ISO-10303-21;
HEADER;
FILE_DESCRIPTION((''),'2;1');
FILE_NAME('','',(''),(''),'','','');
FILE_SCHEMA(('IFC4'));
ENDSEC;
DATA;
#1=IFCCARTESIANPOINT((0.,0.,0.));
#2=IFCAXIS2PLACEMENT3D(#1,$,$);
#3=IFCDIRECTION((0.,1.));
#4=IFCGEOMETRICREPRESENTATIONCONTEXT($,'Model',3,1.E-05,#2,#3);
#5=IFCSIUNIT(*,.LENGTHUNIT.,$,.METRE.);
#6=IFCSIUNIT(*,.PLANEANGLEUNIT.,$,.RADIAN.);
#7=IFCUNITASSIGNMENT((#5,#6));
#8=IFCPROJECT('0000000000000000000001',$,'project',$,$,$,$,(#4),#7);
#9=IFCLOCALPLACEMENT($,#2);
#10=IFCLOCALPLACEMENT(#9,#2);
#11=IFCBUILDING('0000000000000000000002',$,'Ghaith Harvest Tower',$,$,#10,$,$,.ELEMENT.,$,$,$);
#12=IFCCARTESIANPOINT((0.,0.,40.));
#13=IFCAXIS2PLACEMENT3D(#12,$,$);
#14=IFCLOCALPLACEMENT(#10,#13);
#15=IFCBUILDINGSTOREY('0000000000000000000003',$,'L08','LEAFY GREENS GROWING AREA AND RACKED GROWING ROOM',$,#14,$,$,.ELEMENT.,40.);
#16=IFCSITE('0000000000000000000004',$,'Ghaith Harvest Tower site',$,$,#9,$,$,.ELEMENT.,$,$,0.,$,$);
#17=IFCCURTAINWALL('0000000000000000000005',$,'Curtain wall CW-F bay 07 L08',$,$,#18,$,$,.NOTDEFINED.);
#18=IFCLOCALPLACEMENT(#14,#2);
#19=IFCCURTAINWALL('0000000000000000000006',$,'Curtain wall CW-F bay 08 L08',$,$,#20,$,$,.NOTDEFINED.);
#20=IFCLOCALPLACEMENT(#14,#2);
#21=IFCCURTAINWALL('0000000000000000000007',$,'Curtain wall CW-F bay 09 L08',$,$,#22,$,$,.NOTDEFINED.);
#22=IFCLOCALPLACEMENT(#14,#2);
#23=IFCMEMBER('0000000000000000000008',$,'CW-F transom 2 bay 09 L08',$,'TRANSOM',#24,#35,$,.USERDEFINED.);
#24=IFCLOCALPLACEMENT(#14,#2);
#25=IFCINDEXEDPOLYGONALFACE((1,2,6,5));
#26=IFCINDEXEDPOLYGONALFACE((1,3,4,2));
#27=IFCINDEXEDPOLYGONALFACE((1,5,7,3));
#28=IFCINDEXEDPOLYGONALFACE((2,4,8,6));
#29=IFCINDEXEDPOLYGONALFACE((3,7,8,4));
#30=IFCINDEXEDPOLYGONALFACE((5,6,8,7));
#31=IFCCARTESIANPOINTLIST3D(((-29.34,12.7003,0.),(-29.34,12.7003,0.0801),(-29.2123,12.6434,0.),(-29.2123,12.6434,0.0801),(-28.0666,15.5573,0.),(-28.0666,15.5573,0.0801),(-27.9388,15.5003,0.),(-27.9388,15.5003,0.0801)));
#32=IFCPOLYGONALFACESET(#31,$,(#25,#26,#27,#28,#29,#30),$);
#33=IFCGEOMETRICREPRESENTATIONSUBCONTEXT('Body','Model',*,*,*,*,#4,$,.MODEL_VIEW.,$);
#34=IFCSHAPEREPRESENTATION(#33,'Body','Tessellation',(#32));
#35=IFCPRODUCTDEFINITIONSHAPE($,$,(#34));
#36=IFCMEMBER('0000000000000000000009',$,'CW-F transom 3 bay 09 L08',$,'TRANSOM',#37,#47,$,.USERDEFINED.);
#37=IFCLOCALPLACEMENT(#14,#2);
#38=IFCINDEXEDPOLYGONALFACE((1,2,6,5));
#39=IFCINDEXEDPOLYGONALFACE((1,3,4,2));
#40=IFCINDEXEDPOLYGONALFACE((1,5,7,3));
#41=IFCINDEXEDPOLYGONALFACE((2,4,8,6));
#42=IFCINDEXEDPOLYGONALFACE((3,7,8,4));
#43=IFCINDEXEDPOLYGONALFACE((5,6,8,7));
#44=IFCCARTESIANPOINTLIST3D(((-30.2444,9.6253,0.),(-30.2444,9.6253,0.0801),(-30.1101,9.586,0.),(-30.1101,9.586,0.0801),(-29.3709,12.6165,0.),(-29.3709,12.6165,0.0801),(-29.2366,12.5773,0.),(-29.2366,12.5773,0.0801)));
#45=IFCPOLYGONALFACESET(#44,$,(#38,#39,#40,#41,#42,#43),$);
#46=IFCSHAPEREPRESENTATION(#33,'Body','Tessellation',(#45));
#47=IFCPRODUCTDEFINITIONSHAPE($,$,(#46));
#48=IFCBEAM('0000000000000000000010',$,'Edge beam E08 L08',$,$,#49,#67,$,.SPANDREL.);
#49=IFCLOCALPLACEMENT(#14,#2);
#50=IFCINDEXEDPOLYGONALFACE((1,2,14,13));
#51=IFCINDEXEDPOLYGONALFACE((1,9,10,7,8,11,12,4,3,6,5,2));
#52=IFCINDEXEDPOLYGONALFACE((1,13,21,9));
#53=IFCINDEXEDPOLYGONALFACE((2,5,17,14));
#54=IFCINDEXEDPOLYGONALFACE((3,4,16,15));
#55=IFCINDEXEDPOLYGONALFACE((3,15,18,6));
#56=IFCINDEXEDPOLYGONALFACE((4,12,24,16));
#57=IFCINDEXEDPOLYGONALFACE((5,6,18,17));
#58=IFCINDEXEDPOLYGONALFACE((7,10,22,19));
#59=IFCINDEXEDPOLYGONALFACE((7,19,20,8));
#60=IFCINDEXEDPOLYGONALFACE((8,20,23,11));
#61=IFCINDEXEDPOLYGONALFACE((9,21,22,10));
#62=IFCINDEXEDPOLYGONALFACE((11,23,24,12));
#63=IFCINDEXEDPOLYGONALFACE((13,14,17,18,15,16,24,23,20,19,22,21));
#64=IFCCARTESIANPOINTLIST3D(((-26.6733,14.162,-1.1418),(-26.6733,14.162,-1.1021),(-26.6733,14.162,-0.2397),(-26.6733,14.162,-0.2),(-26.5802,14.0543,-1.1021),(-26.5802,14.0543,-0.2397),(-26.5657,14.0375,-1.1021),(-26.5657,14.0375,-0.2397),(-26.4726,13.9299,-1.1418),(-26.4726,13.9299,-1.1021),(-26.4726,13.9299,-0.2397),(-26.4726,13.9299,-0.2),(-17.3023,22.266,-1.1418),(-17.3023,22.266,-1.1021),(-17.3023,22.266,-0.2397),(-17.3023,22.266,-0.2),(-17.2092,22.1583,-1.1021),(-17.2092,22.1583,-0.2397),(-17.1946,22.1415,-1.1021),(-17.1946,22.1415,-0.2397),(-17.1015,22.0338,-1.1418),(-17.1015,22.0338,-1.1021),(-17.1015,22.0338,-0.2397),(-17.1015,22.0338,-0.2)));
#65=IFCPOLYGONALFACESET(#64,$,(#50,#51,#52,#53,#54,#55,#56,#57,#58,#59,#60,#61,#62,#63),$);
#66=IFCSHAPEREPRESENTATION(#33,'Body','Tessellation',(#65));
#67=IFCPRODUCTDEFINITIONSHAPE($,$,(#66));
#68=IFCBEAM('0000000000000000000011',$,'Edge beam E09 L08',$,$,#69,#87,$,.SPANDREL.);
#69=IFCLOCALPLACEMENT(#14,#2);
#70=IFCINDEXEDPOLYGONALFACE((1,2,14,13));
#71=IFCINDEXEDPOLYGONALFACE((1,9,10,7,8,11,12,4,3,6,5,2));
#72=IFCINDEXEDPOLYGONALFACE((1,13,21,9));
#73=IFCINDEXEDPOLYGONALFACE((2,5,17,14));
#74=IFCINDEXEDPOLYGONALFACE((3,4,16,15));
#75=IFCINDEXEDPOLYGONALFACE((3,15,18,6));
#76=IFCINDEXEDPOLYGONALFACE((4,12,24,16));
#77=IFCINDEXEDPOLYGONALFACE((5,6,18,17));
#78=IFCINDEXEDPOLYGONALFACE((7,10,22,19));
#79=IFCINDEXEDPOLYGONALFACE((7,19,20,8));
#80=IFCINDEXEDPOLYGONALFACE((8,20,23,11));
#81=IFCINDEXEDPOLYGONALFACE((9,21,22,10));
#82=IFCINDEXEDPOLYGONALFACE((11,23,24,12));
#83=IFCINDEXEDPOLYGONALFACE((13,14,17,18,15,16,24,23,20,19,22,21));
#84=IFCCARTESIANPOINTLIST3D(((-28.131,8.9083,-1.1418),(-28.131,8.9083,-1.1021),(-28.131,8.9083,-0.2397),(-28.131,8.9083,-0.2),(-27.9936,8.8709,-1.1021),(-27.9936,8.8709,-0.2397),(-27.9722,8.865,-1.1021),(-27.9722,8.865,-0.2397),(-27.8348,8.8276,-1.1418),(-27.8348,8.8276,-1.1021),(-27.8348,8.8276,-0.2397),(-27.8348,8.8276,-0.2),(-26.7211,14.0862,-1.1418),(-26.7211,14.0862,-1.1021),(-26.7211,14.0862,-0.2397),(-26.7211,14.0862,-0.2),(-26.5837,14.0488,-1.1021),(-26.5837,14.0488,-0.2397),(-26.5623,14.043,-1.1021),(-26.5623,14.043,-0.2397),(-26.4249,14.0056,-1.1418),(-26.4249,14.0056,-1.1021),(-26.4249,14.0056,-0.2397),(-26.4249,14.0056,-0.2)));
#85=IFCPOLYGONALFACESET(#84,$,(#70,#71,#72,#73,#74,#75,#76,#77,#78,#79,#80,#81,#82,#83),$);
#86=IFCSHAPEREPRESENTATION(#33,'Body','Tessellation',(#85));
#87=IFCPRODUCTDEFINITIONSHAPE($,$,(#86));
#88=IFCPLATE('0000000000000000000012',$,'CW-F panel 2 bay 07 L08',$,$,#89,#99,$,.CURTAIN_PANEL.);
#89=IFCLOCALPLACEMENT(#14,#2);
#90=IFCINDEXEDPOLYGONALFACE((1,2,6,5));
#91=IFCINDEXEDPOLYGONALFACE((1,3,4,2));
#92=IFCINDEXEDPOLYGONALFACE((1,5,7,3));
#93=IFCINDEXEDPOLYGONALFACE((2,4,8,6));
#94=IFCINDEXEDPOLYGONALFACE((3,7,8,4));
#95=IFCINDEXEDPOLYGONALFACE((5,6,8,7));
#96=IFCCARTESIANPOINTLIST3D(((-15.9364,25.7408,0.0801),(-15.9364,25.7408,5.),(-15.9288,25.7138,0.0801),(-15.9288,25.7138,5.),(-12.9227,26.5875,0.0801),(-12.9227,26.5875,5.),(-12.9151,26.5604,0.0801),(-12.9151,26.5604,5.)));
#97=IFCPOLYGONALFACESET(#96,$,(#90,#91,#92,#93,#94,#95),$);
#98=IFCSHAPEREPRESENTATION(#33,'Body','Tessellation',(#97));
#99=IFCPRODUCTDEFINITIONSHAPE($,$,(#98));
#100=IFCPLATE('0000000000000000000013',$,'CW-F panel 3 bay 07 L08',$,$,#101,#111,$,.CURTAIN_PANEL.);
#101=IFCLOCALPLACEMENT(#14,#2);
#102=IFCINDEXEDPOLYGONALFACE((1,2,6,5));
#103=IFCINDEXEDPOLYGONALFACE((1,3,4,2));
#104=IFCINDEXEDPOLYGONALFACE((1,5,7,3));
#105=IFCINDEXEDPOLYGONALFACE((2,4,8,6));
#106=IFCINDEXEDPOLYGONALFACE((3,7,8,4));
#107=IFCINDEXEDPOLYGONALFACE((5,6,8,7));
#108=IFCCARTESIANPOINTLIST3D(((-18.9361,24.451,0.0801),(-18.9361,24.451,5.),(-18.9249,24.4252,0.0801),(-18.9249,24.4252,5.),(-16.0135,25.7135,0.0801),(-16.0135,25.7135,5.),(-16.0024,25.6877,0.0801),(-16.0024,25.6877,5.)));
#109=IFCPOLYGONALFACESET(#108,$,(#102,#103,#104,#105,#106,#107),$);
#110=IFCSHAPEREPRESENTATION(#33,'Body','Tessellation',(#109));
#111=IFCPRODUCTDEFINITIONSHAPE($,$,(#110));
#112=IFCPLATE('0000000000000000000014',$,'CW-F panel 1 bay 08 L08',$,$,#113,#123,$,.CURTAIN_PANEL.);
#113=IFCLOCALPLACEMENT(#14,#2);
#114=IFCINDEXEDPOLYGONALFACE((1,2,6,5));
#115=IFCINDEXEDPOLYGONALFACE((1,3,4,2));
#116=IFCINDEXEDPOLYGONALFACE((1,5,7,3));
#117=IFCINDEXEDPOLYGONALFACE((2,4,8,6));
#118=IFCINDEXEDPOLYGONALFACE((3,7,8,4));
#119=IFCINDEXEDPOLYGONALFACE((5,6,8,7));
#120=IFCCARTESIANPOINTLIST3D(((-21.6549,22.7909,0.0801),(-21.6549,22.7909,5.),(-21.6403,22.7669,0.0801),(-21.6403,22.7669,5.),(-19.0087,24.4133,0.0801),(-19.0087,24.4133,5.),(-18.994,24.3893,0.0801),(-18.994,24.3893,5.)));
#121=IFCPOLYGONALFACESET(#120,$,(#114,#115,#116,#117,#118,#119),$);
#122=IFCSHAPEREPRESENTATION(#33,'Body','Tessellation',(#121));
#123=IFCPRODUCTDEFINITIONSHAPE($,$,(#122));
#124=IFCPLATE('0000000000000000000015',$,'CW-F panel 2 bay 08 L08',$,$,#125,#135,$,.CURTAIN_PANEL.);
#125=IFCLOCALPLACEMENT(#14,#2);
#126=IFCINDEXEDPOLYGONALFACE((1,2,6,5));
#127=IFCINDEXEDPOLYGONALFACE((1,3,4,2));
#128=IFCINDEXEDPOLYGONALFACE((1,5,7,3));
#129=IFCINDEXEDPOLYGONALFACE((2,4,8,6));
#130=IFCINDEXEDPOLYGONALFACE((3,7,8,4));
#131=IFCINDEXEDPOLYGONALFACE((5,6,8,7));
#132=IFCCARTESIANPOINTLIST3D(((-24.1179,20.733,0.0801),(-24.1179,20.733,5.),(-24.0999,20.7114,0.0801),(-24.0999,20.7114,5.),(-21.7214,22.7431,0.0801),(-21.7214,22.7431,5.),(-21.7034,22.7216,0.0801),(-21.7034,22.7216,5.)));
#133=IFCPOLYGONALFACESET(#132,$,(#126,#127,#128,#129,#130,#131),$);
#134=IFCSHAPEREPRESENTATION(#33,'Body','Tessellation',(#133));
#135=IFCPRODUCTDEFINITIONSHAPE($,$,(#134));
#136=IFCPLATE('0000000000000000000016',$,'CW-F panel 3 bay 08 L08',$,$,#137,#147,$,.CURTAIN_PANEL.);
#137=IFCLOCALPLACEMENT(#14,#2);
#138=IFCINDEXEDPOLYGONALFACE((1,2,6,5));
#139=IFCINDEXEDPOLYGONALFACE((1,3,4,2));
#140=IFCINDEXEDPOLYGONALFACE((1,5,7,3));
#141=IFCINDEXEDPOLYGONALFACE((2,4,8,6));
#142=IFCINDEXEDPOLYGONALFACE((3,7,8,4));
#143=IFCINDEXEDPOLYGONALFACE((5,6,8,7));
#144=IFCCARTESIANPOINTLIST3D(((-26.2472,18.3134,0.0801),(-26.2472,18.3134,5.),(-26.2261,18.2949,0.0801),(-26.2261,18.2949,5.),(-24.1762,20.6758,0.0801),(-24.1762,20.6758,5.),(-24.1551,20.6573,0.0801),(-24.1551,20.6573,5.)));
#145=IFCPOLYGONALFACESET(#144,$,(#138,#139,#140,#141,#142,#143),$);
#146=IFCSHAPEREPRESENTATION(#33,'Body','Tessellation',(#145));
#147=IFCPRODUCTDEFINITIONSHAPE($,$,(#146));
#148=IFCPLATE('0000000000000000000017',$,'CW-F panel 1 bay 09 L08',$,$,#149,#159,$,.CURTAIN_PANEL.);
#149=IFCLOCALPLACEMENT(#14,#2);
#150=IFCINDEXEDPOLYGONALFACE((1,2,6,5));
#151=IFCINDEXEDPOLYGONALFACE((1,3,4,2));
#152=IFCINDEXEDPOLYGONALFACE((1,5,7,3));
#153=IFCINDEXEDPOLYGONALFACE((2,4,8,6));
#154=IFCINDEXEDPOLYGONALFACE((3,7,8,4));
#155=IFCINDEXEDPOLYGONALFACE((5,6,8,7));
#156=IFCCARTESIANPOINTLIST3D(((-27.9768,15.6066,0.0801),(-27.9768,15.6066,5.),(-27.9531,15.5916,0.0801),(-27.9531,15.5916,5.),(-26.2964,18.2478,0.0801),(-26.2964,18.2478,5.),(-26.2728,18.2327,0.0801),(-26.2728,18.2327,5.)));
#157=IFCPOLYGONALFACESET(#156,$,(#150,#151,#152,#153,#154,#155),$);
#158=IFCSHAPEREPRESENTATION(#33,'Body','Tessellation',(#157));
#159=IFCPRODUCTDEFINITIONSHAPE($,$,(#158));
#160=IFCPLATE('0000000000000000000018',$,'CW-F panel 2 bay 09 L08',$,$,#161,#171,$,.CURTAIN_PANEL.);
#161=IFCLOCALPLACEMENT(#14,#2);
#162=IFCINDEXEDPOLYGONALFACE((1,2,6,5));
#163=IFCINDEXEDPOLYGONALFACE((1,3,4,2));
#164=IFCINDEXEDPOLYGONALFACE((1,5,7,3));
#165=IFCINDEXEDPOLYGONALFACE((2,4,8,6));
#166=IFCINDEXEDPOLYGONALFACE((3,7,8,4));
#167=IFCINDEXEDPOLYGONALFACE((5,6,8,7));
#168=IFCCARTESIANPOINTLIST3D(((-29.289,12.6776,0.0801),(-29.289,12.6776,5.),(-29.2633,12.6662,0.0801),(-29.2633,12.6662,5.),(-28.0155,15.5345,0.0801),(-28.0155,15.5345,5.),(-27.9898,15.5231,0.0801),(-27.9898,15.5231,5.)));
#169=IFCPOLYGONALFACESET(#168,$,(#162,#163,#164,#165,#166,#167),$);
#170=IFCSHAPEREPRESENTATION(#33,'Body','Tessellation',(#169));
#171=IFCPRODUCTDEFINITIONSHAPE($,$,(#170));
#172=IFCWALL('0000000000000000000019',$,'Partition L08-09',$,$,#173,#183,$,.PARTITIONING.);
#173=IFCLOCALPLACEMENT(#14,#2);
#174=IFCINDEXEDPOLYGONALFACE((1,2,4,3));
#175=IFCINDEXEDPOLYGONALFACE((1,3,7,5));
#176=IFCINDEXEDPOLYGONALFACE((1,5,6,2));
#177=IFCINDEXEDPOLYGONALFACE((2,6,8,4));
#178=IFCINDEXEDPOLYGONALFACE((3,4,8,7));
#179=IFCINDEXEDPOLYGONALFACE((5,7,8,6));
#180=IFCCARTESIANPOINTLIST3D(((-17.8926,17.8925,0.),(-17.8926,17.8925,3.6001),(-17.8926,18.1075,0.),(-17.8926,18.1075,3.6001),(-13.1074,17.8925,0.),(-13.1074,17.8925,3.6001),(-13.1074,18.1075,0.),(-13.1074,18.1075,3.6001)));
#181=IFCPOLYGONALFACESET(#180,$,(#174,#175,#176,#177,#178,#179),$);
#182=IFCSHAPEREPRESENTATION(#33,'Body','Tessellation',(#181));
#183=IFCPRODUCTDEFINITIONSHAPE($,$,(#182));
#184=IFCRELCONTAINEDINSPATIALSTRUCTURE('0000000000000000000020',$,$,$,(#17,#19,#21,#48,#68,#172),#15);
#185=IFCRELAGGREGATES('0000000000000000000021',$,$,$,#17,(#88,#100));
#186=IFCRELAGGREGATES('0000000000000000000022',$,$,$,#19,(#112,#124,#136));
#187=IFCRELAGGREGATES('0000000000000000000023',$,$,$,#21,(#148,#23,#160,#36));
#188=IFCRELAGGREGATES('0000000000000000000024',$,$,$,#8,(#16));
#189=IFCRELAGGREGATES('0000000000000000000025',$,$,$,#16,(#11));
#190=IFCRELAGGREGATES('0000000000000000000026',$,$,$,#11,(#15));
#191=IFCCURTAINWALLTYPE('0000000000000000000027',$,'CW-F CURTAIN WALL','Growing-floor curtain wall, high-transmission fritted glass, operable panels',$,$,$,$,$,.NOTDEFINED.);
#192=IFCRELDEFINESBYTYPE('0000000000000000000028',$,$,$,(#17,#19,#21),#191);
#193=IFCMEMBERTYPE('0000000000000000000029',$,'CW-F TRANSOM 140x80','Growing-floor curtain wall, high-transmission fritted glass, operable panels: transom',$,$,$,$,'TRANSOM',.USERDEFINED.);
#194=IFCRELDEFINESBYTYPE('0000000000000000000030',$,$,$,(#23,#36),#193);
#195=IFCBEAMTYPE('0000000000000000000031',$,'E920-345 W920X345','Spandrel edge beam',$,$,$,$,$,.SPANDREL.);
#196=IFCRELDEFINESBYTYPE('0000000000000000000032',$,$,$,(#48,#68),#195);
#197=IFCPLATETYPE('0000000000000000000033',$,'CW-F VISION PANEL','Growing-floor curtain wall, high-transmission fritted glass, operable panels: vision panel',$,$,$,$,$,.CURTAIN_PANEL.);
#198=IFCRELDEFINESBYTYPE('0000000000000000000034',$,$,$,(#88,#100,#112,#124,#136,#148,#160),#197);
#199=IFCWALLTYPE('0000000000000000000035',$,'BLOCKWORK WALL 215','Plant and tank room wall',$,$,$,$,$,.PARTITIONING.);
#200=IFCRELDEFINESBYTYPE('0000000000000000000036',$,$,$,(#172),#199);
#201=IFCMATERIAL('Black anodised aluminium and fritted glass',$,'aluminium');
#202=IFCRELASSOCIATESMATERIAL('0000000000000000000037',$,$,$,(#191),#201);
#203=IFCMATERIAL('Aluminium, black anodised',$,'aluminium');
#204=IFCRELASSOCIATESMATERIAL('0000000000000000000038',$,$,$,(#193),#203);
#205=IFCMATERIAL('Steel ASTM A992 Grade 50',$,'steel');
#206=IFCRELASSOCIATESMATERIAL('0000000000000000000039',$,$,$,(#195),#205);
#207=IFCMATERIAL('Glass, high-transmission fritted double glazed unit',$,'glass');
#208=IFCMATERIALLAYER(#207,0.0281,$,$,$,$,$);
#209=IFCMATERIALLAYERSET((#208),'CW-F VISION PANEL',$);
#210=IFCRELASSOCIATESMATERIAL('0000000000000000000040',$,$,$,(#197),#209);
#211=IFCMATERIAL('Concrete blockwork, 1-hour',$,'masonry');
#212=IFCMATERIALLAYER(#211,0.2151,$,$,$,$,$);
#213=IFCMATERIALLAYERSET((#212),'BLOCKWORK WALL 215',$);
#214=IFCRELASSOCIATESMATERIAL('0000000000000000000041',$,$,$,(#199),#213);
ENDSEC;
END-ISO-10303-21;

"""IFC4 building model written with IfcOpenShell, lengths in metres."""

from ifc_helpers import new_model, si_unit, direction, frame, frame_2d, origin, origin_2d, place, context, subcontext, project, spatial, rectangle, i_section, extrude, material, layer, layer_set, material_profile, profile_set, type_object, element, aggregate, save


model = new_model("IFC4")

# Units and contexts
model_context = context("Model", 3, precision=1e-05, world=origin(), true_north=direction((0.0, 1.0)))
body_context = subcontext(model_context, "Body", "Model", "MODEL_VIEW")
ifc_project = project(units=[si_unit("LENGTHUNIT", "METRE"), si_unit("PLANEANGLEUNIT", "RADIAN")], contexts=[model_context])

# Site, building, storey
site_placement = place(None, origin())
site = spatial("IfcSite", under=ifc_project, at=site_placement, Name="Ghaith Harvest Tower site", CompositionType="ELEMENT", RefElevation=0.0)
building_placement = place(site_placement, origin())
building = spatial("IfcBuilding", under=site, at=building_placement, Name="Ghaith Harvest Tower", CompositionType="ELEMENT")
storey_placement = place(building_placement, frame((0.0, 0.0, 40.0)))
storey = spatial("IfcBuildingStorey", under=building, at=storey_placement, Name="L08", Description="LEAFY GREENS GROWING AREA AND RACKED GROWING ROOM", CompositionType="ELEMENT", Elevation=40.0)

# Curtain wall
ifc_material_1 = material(Name="Black anodised aluminium and fritted glass", Category="aluminium")
curtain_wall_type = type_object("IfcCurtainWallType", Name="CW-F CURTAIN WALL", Description="Growing-floor curtain wall, high-transmission fritted glass, operable panels", PredefinedType="NOTDEFINED", material=ifc_material_1)
curtain_wall_1_placement = place(storey_placement, origin())
curtain_wall_1 = element("IfcCurtainWall", 1, at=curtain_wall_1_placement, inside=storey, type_object=curtain_wall_type, Name="Curtain wall CW-F bay 07 L08", PredefinedType="NOTDEFINED")

# Curtain walls
curtain_wall_2_placement = place(storey_placement, origin())
curtain_wall_2 = element("IfcCurtainWall", 2, at=curtain_wall_2_placement, inside=storey, type_object=curtain_wall_type, Name="Curtain wall CW-F bay 08 L08", PredefinedType="NOTDEFINED")
curtain_wall_3_placement = place(storey_placement, origin())
curtain_wall_3 = element("IfcCurtainWall", 3, at=curtain_wall_3_placement, inside=storey, type_object=curtain_wall_type, Name="Curtain wall CW-F bay 09 L08", PredefinedType="NOTDEFINED")

# Members
ifc_material_2 = material(Name="Aluminium, black anodised", Category="aluminium")
ifc_material_profile_1 = material_profile(ifc_material_2, rectangle(XDim=0.1399, YDim=0.0801, at=origin_2d()), Name="CW-F TRANSOM 140x80")
ifc_profile_set_1 = profile_set([ifc_material_profile_1], Name="Aluminium, black anodised")
member_type_1 = type_object("IfcMemberType", Name="CW-F TRANSOM 140x80", Description="Growing-floor curtain wall, high-transmission fritted glass, operable panels: transom", ElementType="TRANSOM", PredefinedType="USERDEFINED", material=ifc_profile_set_1)
member_1_placement = place(storey_placement, frame((-28.0027, 15.5288, 0.04), z_axis=(-0.407123, -0.913373, 0.0), x_axis=(0.913373, -0.407123, 0.0)))
member_1 = element("IfcMember", 4, at=member_1_placement, type_object=member_type_1, Name="CW-F transom 2 bay 09 L08", ObjectType="TRANSOM", PredefinedType="USERDEFINED", context=body_context, shape_type="SweptSolid", body=[
    extrude(rectangle(XDim=0.1399, YDim=0.0801, at=origin_2d()), origin(), (0.0, 0.0, 1.0), 3.1279),
])
member_2_placement = place(storey_placement, frame((-29.3037, 12.5969, 0.04), z_axis=(-0.280325, -0.959905, 0.0), x_axis=(0.959905, -0.280325, 0.0)))
member_2 = element("IfcMember", 5, at=member_2_placement, type_object=member_type_1, Name="CW-F transom 3 bay 09 L08", ObjectType="TRANSOM", PredefinedType="USERDEFINED", context=body_context, shape_type="SweptSolid", body=[
    extrude(rectangle(XDim=0.1399, YDim=0.0801, at=origin_2d()), origin(), (0.0, 0.0, 1.0), 3.1162),
])

# Beams
ifc_material_3 = material(Name="Steel ASTM A992 Grade 50", Category="steel")
ifc_material_profile_2 = material_profile(ifc_material_3, i_section(OverallWidth=0.3069, OverallDepth=0.9419, WebThickness=0.0222, FlangeThickness=0.0398, at=origin_2d()), Name="W920X345")
ifc_profile_set_2 = profile_set([ifc_material_profile_2], Name="Steel ASTM A992 Grade 50")
beam_type = type_object("IfcBeamType", Name="E920-345 W920X345", Description="Spandrel edge beam", PredefinedType="SPANDREL", material=ifc_profile_set_2)
beam_1_placement = place(storey_placement, frame((-17.2019, 22.1499, -0.6709), z_axis=(-0.756392, -0.654118, 0.0), x_axis=(0.654118, -0.756392, 0.0)))
element("IfcBeam", 6, at=beam_1_placement, inside=storey, type_object=beam_type, Name="Edge beam E08 L08", PredefinedType="SPANDREL", context=body_context, shape_type="SweptSolid", body=[
    extrude(i_section(OverallWidth=0.3069, OverallDepth=0.9419, WebThickness=0.0222, FlangeThickness=0.0398, at=origin_2d()), origin(), (0.0, 0.0, 1.0), 12.3892),
])
beam_2_placement = place(storey_placement, frame((-26.573, 14.0459, -0.6709), z_axis=(-0.262725, -0.964871, 0.0), x_axis=(0.964871, -0.262725, 0.0)))
element("IfcBeam", 7, at=beam_2_placement, inside=storey, type_object=beam_type, Name="Edge beam E09 L08", PredefinedType="SPANDREL", context=body_context, shape_type="SweptSolid", body=[
    extrude(i_section(OverallWidth=0.3069, OverallDepth=0.9419, WebThickness=0.0222, FlangeThickness=0.0398, at=origin_2d()), origin(), (0.0, 0.0, 1.0), 5.3665),
])

# Plates
ifc_material_4 = material(Name="Glass, high-transmission fritted double glazed unit", Category="glass")
ifc_layer_1 = layer(ifc_material_4, 0.0281)
ifc_layer_set_1 = layer_set([ifc_layer_1], Name="CW-F VISION PANEL")
plate_type = type_object("IfcPlateType", Name="CW-F VISION PANEL", Description="Growing-floor curtain wall, high-transmission fritted glass, operable panels: vision panel", PredefinedType="CURTAIN_PANEL", material=ifc_layer_set_1)
plate_1_placement = place(storey_placement, frame((-14.4258, 26.1506, 0.0801), z_axis=(0.0, 0.0, 1.0), x_axis=(-0.96273, -0.270465, 0.0)))
plate_1 = element("IfcPlate", 8, at=plate_1_placement, type_object=plate_type, Name="CW-F panel 2 bay 07 L08", PredefinedType="CURTAIN_PANEL", context=body_context, shape_type="SweptSolid", body=[
    extrude(rectangle(XDim=3.1304, YDim=0.0281, at=origin_2d()), origin(), (0.0, 0.0, 1.0), 4.9199),
])
plate_2_placement = place(storey_placement, frame((-17.4692, 25.0693, 0.0801), z_axis=(0.0, 0.0, 1.0), x_axis=(-0.918003, -0.396574, 0.0)))
plate_2 = element("IfcPlate", 9, at=plate_2_placement, type_object=plate_type, Name="CW-F panel 3 bay 07 L08", PredefinedType="CURTAIN_PANEL", context=body_context, shape_type="SweptSolid", body=[
    extrude(rectangle(XDim=3.1836, YDim=0.0281, at=origin_2d()), origin(), (0.0, 0.0, 1.0), 4.9199),
])
aggregate(curtain_wall_1, [plate_1, plate_2])
plate_3_placement = place(storey_placement, frame((-20.3245, 23.5901, 0.0801), z_axis=(0.0, 0.0, 1.0), x_axis=(-0.852528, -0.522682, 0.0)))
plate_3 = element("IfcPlate", 10, at=plate_3_placement, type_object=plate_type, Name="CW-F panel 1 bay 08 L08", PredefinedType="CURTAIN_PANEL", context=body_context, shape_type="SweptSolid", body=[
    extrude(rectangle(XDim=3.104, YDim=0.0281, at=origin_2d()), origin(), (0.0, 0.0, 1.0), 4.9199),
])
plate_4_placement = place(storey_placement, frame((-22.9106, 21.7273, 0.0801), z_axis=(0.0, 0.0, 1.0), x_axis=(-0.766155, -0.642656, 0.0)))
plate_4 = element("IfcPlate", 11, at=plate_4_placement, type_object=plate_type, Name="CW-F panel 2 bay 08 L08", PredefinedType="CURTAIN_PANEL", context=body_context, shape_type="SweptSolid", body=[
    extrude(rectangle(XDim=3.1279, YDim=0.0281, at=origin_2d()), origin(), (0.0, 0.0, 1.0), 4.9199),
])
plate_5_placement = place(storey_placement, frame((-25.2012, 19.4854, 0.0801), z_axis=(0.0, 0.0, 1.0), x_axis=(-0.659216, -0.751954, 0.0)))
plate_5 = element("IfcPlate", 12, at=plate_5_placement, type_object=plate_type, Name="CW-F panel 3 bay 08 L08", PredefinedType="CURTAIN_PANEL", context=body_context, shape_type="SweptSolid", body=[
    extrude(rectangle(XDim=3.1416, YDim=0.0281, at=origin_2d()), origin(), (0.0, 0.0, 1.0), 4.9199),
])
aggregate(curtain_wall_2, [plate_3, plate_4, plate_5])
plate_6_placement = place(storey_placement, frame((-27.1248, 16.9197, 0.0801), z_axis=(0.0, 0.0, 1.0), x_axis=(-0.536779, -0.843723, 0.0)))
plate_6 = element("IfcPlate", 13, at=plate_6_placement, type_object=plate_type, Name="CW-F panel 1 bay 09 L08", PredefinedType="CURTAIN_PANEL", context=body_context, shape_type="SweptSolid", body=[
    extrude(rectangle(XDim=3.1304, YDim=0.0281, at=origin_2d()), origin(), (0.0, 0.0, 1.0), 4.9199),
])
plate_7_placement = place(storey_placement, frame((-28.6394, 14.1003, 0.0801), z_axis=(0.0, 0.0, 1.0), x_axis=(-0.407134, -0.913368, 0.0)))
plate_7 = element("IfcPlate", 14, at=plate_7_placement, type_object=plate_type, Name="CW-F panel 2 bay 09 L08", PredefinedType="CURTAIN_PANEL", context=body_context, shape_type="SweptSolid", body=[
    extrude(rectangle(XDim=3.1279, YDim=0.0281, at=origin_2d()), origin(), (0.0, 0.0, 1.0), 4.9199),
])
aggregate(curtain_wall_3, [plate_6, member_1, plate_7, member_2])

# Shared definitions
ifc_material_5 = material(Name="Concrete blockwork, 1-hour", Category="masonry")
ifc_layer_2 = layer(ifc_material_5, 0.2151)
ifc_layer_set_2 = layer_set([ifc_layer_2], Name="BLOCKWORK WALL 215")
wall_type_1 = type_object("IfcWallType", Name="BLOCKWORK WALL 215", Description="Plant and tank room wall", PredefinedType="PARTITIONING", material=ifc_layer_set_2)

# Wall
wall_1_placement = place(storey_placement, frame((-17.8926, 18.0, 0.0), z_axis=(0.0, 0.0, 1.0), x_axis=(1.0, 0.0, 0.0)))
element("IfcWall", 15, at=wall_1_placement, inside=storey, type_object=wall_type_1, Name="Partition L08-09", PredefinedType="PARTITIONING", context=body_context, shape_type="SweptSolid", body=[
    extrude(rectangle(XDim=4.7852, YDim=0.2151, at=frame_2d((2.3926, 0.0))), origin(), (0.0, 0.0, 1.0), 3.6001),
])

save(model, "model.ifc")
